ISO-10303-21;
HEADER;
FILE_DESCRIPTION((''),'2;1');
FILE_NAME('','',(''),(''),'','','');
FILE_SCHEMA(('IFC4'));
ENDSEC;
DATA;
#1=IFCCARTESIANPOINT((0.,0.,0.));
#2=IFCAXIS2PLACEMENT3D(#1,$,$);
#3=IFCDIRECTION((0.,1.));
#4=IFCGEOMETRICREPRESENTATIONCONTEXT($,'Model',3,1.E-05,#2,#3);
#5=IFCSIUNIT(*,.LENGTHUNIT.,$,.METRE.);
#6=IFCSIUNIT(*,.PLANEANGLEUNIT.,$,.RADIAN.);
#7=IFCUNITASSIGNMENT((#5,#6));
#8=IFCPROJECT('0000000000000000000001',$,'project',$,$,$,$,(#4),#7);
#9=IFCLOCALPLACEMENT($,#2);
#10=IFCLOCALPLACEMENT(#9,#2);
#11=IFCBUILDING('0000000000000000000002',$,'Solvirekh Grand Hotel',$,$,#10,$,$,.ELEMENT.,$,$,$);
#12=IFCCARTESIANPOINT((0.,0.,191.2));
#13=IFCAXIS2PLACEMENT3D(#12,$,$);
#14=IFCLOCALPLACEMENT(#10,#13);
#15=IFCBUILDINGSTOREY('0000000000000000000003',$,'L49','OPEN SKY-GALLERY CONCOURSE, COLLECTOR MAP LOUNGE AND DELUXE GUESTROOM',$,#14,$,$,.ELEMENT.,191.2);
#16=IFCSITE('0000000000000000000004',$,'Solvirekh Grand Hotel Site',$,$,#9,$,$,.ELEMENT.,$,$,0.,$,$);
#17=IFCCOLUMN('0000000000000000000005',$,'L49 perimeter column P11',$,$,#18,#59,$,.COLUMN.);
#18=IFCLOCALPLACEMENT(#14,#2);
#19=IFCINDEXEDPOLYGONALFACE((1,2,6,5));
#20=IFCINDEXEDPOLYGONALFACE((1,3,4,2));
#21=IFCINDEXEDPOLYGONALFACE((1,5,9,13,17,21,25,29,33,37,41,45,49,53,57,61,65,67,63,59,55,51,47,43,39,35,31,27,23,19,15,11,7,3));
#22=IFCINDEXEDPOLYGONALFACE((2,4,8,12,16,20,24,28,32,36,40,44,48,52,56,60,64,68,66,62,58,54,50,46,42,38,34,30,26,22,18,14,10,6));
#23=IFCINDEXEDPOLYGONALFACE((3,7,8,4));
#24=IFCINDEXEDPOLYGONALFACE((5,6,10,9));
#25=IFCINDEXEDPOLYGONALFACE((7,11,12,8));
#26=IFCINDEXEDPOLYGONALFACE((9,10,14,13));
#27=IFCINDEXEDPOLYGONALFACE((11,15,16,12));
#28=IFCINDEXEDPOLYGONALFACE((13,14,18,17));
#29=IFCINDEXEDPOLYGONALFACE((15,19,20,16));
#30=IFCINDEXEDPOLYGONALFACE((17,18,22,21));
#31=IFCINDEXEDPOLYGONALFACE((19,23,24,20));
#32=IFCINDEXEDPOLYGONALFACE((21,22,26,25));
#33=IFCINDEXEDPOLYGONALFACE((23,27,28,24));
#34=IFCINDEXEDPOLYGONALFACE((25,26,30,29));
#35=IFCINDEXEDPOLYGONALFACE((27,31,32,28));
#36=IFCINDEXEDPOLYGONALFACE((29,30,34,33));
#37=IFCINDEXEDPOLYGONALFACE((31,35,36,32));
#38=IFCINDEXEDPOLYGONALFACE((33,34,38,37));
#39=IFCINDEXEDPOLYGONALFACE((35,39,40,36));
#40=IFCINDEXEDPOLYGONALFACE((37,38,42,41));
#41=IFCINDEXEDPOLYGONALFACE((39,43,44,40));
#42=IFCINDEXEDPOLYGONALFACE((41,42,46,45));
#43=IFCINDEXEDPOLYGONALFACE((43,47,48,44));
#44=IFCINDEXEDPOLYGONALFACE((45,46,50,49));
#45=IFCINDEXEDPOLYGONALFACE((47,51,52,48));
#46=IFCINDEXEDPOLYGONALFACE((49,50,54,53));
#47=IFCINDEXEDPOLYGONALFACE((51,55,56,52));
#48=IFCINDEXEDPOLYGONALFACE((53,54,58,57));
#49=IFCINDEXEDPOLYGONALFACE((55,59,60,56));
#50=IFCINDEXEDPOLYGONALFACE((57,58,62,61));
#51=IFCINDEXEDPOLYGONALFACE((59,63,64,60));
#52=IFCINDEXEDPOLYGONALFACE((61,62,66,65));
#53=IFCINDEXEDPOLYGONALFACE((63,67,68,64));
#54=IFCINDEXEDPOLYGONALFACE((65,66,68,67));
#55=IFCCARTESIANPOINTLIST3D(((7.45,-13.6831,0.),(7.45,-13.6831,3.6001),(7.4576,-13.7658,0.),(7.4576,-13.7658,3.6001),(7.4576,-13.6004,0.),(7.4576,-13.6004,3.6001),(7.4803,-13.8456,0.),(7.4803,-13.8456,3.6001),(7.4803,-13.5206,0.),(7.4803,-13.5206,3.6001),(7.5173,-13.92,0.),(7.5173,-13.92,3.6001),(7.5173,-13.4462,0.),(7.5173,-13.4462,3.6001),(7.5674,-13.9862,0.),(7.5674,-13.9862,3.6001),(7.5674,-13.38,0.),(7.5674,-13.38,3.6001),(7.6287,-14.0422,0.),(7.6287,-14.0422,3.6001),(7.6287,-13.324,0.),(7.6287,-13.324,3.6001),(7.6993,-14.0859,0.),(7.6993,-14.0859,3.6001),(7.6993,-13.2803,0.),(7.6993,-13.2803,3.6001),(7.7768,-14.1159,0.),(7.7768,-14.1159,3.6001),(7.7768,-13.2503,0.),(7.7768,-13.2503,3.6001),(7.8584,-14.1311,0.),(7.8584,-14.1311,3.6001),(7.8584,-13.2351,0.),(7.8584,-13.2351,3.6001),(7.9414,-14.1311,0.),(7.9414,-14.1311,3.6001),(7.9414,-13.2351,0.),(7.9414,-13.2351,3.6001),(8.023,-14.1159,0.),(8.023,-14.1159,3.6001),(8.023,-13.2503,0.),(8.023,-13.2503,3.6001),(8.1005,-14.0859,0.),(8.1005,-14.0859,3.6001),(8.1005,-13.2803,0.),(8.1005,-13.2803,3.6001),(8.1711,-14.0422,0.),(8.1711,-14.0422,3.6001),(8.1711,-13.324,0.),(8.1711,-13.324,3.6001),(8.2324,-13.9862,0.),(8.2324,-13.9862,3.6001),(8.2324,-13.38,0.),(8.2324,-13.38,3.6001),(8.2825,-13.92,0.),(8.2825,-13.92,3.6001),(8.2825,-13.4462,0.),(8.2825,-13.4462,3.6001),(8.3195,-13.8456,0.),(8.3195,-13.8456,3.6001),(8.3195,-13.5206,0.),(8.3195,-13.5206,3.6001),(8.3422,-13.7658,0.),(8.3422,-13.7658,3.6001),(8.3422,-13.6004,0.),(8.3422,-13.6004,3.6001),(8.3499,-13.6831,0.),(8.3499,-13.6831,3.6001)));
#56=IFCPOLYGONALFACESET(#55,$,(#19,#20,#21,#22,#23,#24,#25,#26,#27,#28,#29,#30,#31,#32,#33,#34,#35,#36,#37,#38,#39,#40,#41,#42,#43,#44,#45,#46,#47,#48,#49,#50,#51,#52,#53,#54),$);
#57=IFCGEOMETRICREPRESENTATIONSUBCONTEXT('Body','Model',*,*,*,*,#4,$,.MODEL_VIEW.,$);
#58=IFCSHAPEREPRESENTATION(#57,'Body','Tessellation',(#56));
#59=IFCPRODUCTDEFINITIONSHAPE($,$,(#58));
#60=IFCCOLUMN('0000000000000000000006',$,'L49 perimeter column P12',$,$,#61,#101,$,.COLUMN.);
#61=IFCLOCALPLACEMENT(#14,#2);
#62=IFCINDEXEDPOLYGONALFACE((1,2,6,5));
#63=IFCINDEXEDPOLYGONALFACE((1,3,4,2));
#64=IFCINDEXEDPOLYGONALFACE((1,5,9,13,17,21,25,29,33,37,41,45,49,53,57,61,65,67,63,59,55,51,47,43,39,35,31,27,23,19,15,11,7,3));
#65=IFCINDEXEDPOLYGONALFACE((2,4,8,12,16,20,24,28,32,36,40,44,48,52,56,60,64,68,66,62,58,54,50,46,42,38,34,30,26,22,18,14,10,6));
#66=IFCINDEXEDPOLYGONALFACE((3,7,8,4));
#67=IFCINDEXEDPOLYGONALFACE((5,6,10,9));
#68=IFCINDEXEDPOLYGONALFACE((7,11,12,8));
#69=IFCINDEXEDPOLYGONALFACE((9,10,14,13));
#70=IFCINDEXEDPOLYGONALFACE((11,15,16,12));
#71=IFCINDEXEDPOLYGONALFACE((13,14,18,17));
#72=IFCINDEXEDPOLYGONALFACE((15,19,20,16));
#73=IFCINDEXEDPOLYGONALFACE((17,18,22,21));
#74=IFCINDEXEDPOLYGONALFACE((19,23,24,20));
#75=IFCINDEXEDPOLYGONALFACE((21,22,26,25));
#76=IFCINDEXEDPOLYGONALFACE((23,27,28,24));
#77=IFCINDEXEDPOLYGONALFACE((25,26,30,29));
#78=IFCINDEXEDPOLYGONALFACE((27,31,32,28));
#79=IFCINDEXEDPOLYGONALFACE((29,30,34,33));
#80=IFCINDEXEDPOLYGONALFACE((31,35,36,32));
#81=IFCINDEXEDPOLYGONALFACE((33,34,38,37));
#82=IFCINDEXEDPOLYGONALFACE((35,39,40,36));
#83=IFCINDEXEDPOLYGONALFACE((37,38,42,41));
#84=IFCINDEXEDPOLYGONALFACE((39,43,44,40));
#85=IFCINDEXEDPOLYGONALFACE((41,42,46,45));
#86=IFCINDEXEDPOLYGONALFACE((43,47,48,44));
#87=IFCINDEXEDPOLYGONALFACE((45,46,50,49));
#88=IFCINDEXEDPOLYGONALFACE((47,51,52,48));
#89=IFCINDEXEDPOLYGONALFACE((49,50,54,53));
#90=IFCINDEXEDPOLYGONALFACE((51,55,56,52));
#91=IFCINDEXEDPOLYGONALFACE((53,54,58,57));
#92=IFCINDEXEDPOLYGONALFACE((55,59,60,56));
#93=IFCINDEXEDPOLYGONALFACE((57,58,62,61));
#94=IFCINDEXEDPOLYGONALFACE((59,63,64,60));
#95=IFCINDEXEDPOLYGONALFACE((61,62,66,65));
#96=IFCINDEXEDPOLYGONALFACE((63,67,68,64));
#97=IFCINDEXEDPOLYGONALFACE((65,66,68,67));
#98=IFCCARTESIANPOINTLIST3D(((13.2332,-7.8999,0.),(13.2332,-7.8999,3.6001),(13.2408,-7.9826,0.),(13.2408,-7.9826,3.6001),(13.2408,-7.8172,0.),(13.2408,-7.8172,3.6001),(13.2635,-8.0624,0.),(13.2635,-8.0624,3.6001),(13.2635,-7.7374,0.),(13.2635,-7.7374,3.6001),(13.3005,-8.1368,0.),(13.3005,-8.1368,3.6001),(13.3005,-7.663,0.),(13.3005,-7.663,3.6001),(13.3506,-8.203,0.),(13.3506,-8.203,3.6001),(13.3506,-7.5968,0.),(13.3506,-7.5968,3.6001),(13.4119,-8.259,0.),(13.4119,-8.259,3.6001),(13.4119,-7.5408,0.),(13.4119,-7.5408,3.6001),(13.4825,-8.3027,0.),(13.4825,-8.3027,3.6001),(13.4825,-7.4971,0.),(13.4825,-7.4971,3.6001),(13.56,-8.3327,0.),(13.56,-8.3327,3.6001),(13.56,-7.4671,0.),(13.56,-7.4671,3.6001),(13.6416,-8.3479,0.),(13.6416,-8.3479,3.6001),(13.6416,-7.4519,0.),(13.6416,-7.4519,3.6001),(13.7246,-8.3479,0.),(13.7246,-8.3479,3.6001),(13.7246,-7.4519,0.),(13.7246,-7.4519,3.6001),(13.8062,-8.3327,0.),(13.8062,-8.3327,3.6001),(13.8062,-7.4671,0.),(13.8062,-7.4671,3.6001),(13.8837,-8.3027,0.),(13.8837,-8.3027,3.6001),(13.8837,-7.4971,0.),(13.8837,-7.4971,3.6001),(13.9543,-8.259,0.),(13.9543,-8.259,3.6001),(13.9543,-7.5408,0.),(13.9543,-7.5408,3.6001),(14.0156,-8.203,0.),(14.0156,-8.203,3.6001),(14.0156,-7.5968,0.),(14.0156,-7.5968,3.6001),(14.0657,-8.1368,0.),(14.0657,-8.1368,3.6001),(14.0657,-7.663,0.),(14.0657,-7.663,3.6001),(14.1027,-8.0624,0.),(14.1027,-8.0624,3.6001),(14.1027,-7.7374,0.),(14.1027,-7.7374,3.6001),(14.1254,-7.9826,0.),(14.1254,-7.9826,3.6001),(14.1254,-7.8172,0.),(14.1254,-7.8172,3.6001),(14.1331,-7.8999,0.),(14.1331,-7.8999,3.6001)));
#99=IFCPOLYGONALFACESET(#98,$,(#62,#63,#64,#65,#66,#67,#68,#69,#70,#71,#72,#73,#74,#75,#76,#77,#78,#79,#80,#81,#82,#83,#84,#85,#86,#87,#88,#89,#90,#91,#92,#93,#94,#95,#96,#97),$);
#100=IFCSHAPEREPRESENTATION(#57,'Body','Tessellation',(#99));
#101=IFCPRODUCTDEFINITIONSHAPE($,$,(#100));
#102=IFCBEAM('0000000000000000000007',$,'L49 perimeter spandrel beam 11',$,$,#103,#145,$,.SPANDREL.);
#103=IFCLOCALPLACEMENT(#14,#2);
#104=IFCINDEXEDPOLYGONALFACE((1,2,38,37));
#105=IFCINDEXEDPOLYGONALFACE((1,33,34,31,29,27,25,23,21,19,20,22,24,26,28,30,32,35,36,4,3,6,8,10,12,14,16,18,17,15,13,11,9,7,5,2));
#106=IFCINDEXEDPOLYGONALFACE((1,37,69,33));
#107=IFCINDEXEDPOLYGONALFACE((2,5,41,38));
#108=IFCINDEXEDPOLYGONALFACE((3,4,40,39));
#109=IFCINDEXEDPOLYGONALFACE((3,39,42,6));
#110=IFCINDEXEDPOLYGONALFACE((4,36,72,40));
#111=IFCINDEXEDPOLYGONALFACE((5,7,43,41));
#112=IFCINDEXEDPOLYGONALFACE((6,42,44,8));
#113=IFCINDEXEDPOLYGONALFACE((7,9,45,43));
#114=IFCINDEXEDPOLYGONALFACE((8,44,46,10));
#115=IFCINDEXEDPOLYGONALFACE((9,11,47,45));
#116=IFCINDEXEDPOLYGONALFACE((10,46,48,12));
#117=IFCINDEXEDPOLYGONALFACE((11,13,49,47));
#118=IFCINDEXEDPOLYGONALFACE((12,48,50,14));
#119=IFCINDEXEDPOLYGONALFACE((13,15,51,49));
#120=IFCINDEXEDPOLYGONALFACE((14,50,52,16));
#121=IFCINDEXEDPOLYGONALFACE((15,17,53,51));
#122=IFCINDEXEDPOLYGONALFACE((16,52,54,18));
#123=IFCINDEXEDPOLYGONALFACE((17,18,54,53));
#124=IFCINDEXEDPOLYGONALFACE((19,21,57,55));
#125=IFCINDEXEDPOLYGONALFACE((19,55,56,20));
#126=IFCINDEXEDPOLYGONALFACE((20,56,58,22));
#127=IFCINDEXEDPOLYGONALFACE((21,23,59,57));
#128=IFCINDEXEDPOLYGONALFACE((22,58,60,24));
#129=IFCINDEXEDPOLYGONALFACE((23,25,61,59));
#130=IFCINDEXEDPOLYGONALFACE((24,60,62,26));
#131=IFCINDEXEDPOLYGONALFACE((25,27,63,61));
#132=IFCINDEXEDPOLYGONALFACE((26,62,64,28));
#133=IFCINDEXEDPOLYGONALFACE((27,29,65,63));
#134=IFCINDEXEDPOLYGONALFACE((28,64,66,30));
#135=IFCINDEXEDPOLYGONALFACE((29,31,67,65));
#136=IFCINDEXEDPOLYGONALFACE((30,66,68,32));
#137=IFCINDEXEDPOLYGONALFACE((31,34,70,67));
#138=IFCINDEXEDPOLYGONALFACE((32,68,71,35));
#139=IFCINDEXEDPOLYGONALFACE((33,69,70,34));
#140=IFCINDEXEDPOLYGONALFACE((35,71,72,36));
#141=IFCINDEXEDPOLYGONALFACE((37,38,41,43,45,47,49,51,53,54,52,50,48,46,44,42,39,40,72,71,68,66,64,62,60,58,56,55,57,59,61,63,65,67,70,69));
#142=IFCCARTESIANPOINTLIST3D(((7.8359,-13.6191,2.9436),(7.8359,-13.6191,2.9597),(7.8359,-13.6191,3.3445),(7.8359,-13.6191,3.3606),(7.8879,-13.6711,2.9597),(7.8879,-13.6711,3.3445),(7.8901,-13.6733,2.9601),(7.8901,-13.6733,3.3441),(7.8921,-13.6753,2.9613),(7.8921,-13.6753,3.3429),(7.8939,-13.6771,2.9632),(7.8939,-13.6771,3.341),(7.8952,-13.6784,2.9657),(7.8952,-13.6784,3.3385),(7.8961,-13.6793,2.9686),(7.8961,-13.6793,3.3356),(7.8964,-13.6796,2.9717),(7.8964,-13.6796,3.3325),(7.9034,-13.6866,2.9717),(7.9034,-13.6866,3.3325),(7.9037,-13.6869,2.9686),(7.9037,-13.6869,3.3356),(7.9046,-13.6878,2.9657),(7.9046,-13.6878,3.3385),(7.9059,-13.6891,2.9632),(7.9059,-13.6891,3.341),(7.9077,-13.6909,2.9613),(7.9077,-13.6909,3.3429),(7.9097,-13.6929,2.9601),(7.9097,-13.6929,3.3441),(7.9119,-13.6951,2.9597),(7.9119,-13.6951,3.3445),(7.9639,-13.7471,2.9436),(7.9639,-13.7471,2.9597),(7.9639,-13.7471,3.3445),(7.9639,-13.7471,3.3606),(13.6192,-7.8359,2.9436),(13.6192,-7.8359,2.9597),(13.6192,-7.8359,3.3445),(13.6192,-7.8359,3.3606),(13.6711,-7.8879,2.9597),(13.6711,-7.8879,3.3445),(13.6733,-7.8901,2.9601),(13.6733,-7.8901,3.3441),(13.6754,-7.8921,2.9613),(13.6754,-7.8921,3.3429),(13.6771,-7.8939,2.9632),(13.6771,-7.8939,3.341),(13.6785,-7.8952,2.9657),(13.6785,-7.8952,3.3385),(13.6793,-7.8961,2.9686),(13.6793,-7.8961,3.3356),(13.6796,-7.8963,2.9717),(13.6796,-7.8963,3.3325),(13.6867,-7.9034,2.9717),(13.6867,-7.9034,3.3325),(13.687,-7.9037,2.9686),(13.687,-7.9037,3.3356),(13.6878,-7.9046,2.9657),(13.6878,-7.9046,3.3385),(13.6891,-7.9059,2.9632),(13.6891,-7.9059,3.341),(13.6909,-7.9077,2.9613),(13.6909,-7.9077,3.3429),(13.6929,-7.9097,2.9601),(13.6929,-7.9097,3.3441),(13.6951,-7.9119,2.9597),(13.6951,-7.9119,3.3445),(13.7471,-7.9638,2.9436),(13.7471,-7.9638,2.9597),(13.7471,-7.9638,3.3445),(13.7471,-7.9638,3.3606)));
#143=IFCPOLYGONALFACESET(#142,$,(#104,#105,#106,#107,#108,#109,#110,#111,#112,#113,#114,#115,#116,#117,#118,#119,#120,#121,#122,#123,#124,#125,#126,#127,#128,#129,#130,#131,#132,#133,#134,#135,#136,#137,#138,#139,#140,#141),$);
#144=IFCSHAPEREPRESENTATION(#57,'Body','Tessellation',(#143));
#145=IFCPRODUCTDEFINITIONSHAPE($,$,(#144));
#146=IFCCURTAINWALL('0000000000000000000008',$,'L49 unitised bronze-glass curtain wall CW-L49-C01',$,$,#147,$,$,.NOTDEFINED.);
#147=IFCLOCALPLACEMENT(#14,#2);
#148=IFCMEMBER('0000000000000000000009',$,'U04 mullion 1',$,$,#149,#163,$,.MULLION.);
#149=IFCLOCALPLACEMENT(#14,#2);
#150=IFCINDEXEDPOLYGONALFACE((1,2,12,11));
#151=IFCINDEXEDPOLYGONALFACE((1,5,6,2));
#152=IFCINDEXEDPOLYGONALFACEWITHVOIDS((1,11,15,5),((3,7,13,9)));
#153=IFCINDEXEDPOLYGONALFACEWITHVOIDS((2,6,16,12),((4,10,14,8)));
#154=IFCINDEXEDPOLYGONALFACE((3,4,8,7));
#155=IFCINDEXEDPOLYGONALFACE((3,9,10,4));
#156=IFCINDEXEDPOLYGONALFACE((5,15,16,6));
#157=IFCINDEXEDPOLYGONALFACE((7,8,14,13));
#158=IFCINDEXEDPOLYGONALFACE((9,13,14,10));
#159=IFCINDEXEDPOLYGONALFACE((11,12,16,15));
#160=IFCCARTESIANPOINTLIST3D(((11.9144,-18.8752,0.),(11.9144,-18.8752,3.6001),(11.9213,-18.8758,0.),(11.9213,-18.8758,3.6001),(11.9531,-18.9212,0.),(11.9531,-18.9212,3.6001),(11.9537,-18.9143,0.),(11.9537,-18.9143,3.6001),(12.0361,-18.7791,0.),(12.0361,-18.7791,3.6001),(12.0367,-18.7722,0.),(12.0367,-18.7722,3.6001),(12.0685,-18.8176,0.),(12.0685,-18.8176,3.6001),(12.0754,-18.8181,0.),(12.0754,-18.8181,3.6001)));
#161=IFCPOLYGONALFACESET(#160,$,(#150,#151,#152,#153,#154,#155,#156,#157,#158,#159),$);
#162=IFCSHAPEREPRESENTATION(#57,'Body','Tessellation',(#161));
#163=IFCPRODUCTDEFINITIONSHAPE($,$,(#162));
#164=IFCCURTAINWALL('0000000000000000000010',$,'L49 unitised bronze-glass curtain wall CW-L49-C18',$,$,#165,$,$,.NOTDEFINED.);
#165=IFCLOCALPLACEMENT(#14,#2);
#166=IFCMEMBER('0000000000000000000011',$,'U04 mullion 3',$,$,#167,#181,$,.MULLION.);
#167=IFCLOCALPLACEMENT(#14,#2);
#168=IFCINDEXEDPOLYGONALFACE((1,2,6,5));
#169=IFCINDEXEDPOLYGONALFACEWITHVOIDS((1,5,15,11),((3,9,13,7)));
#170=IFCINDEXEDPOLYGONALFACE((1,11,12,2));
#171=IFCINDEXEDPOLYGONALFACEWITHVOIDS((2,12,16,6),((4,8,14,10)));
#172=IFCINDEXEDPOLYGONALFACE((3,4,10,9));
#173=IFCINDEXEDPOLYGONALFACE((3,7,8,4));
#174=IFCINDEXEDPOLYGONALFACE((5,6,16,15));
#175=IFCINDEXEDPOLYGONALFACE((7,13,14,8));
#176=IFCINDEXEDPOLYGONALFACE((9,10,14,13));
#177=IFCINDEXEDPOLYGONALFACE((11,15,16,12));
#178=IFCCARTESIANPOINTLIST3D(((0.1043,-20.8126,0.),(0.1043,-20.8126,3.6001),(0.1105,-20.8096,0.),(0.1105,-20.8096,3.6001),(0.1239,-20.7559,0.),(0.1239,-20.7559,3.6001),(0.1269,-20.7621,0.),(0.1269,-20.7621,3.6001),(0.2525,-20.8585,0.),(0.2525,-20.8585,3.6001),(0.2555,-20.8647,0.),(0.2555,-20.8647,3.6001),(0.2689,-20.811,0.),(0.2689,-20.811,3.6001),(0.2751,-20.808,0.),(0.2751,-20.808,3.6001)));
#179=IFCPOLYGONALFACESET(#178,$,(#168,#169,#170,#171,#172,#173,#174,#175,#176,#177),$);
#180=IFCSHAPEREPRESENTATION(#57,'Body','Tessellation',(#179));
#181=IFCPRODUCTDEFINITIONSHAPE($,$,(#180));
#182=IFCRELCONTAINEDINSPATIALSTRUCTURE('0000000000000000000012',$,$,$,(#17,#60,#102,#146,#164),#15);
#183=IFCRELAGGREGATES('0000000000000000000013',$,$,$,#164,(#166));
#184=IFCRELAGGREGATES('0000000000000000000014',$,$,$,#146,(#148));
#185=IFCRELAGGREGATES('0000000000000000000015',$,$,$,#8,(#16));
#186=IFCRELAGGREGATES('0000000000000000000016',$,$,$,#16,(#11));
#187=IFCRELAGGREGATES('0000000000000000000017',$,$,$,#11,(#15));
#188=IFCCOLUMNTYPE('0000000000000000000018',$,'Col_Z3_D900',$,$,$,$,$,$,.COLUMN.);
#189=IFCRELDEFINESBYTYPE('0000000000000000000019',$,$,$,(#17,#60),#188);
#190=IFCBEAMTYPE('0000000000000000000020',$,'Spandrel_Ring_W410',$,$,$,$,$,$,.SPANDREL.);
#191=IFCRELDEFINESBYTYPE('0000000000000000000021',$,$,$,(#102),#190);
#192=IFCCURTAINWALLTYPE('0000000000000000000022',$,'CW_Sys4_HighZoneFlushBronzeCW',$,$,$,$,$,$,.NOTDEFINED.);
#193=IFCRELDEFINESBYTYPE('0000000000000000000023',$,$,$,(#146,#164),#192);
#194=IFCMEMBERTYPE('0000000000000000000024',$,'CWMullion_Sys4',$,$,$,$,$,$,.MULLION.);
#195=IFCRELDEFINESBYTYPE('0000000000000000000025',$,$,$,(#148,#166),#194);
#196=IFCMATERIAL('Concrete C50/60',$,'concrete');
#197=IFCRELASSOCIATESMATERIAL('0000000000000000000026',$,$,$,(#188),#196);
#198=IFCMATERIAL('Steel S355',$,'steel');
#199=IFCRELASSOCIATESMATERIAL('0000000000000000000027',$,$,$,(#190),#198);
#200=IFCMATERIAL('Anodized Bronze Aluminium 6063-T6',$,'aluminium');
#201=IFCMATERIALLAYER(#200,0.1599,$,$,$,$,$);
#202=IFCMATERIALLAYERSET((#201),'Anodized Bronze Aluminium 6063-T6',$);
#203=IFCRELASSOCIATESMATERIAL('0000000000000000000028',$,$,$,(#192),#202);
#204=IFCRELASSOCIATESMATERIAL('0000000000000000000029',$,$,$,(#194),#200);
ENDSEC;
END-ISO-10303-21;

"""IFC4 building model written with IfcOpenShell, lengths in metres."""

from ifc_helpers import new_model, si_unit, direction, frame, origin, origin_2d, place, context, subcontext, project, spatial, hollow_rectangle, circle, i_section, extrude, source, transform, mapped, material, layer, layer_set, material_profile, profile_set, type_object, element, aggregate, save


model = new_model("IFC4")

# Units and contexts
model_context = context("Model", 3, precision=1e-05, world=origin(), true_north=direction((0.0, 1.0)))
body_context = subcontext(model_context, "Body", "Model", "MODEL_VIEW")
ifc_project = project(units=[si_unit("LENGTHUNIT", "METRE"), si_unit("PLANEANGLEUNIT", "RADIAN")], contexts=[model_context])

# Site, building, storey
site_placement = place(None, origin())
site = spatial("IfcSite", under=ifc_project, at=site_placement, Name="Solvirekh Grand Hotel Site", CompositionType="ELEMENT", RefElevation=0.0)
building_placement = place(site_placement, origin())
building = spatial("IfcBuilding", under=site, at=building_placement, Name="Solvirekh Grand Hotel", CompositionType="ELEMENT")
storey_placement = place(building_placement, frame((0.0, 0.0, 191.2)))
storey = spatial("IfcBuildingStorey", under=building, at=storey_placement, Name="L49", Description="OPEN SKY-GALLERY CONCOURSE, COLLECTOR MAP LOUNGE AND DELUXE GUESTROOM", CompositionType="ELEMENT", Elevation=191.2)

# Columns
ifc_material_1 = material(Name="Concrete C50/60", Category="concrete")
ifc_material_profile_1 = material_profile(ifc_material_1, circle(Radius=0.45, at=origin_2d()), Name="RC CIRC D900")
ifc_profile_set_1 = profile_set([ifc_material_profile_1], Name="Concrete C50/60")
column_type = type_object("IfcColumnType", Name="Col_Z3_D900", PredefinedType="COLUMN", material=ifc_profile_set_1)
for number, where, z_axis, x_axis, name in (
    (1, (7.8999, -13.6831, 0.0), (0.0, 0.0, 1.0), (1.0, 0.0, 0.0), "L49 perimeter column P11"),
    (2, (13.6831, -7.8999, 0.0), (0.0, 0.0, 1.0), (1.0, 0.0, 0.0), "L49 perimeter column P12"),
):
    element("IfcColumn", number, at=place(storey_placement, frame(where, z_axis=z_axis, x_axis=x_axis)), inside=storey, type_object=column_type, Name=name, PredefinedType="COLUMN", context=body_context, shape_type="SweptSolid", body=[
        extrude(circle(Radius=0.45, at=origin_2d()), origin(), (0.0, 0.0, 1.0), 3.6001),
    ])

# Beam
ifc_material_2 = material(Name="Steel S355", Category="steel")
ifc_material_profile_2 = material_profile(ifc_material_2, i_section(OverallWidth=0.1809, OverallDepth=0.417, WebThickness=0.01, FlangeThickness=0.0161, FilletRadius=0.012, at=origin_2d()), Name="W410X85")
ifc_profile_set_2 = profile_set([ifc_material_profile_2], Name="Steel S355")
beam_type = type_object("IfcBeamType", Name="Spandrel_Ring_W410", PredefinedType="SPANDREL", material=ifc_profile_set_2)
beam_placement = place(storey_placement, frame((7.8999, -13.6831, 3.1521), z_axis=(0.707107, 0.707107, 0.0), x_axis=(-0.707107, 0.707107, 0.0)))
element("IfcBeam", 3, at=beam_placement, inside=storey, type_object=beam_type, Name="L49 perimeter spandrel beam 11", PredefinedType="SPANDREL", context=body_context, shape_type="SweptSolid", body=[
    extrude(i_section(OverallWidth=0.1809, OverallDepth=0.417, WebThickness=0.01, FlangeThickness=0.0161, FilletRadius=0.012, at=origin_2d()), origin(), (0.0, 0.0, 1.0), 8.1787),
])

# Curtain walls, members
ifc_material_3 = material(Name="Anodized Bronze Aluminium 6063-T6", Category="aluminium")
ifc_layer_1 = layer(ifc_material_3, 0.1599)
ifc_layer_set_1 = layer_set([ifc_layer_1], Name="Anodized Bronze Aluminium 6063-T6")
curtain_wall_type = type_object("IfcCurtainWallType", Name="CW_Sys4_HighZoneFlushBronzeCW", PredefinedType="NOTDEFINED", material=ifc_layer_set_1)
curtain_wall_1_placement = place(storey_placement, origin())
curtain_wall_1 = element("IfcCurtainWall", 4, at=curtain_wall_1_placement, inside=storey, type_object=curtain_wall_type, Name="L49 unitised bronze-glass curtain wall CW-L49-C01", PredefinedType="NOTDEFINED")
ifc_material_profile_3 = material_profile(ifc_material_3, hollow_rectangle(XDim=0.0601, YDim=0.1599, WallThickness=0.0049, at=origin_2d()), Name="ALU RHS 160X60X5")
ifc_profile_set_3 = profile_set([ifc_material_profile_3], Name="Anodized Bronze Aluminium 6063-T6")
member_type_1 = type_object("IfcMemberType", Name="CWMullion_Sys4", PredefinedType="MULLION", material=ifc_profile_set_3)
shared_shape_1 = source(origin(), body_context, "Body", "SweptSolid", [
    extrude(hollow_rectangle(XDim=0.0601, YDim=0.1599, WallThickness=0.0049, at=origin_2d()), origin(), (0.0, 0.0, 1.0), 3.6001),
])
member_1_placement = place(storey_placement, frame((11.9949, -18.8467, 0.0), z_axis=(0.0, 0.0, 1.0), x_axis=(-0.644198, 0.764859, 0.0)))
member_1 = element("IfcMember", 5, at=member_1_placement, type_object=member_type_1, Name="U04 mullion 1", PredefinedType="MULLION", context=body_context, shape_type="MappedRepresentation", body=[
    mapped(shared_shape_1, transform((0.0, 0.0, 0.0), x_axis=(1.0, 0.0, 0.0), y_axis=(0.0, 1.0, 0.0), z_axis=(0.0, 0.0, 1.0), scale=1.0)),
])
curtain_wall_2_placement = place(storey_placement, origin())
curtain_wall_2 = element("IfcCurtainWall", 6, at=curtain_wall_2_placement, inside=storey, type_object=curtain_wall_type, Name="L49 unitised bronze-glass curtain wall CW-L49-C18", PredefinedType="NOTDEFINED")
member_2_placement = place(storey_placement, frame((0.1897, -20.8103, 0.0), z_axis=(0.0, 0.0, 1.0), x_axis=(0.325885, 0.94541, 0.0)))
member_2 = element("IfcMember", 7, at=member_2_placement, type_object=member_type_1, Name="U04 mullion 3", PredefinedType="MULLION", context=body_context, shape_type="MappedRepresentation", body=[
    mapped(shared_shape_1, transform((0.0, 0.0, 0.0), x_axis=(1.0, 0.0, 0.0), y_axis=(0.0, 1.0, 0.0), z_axis=(0.0, 0.0, 1.0), scale=1.0)),
])
aggregate(curtain_wall_2, [member_2])

aggregate(curtain_wall_1, [member_1])

save(model, "model.ifc")
